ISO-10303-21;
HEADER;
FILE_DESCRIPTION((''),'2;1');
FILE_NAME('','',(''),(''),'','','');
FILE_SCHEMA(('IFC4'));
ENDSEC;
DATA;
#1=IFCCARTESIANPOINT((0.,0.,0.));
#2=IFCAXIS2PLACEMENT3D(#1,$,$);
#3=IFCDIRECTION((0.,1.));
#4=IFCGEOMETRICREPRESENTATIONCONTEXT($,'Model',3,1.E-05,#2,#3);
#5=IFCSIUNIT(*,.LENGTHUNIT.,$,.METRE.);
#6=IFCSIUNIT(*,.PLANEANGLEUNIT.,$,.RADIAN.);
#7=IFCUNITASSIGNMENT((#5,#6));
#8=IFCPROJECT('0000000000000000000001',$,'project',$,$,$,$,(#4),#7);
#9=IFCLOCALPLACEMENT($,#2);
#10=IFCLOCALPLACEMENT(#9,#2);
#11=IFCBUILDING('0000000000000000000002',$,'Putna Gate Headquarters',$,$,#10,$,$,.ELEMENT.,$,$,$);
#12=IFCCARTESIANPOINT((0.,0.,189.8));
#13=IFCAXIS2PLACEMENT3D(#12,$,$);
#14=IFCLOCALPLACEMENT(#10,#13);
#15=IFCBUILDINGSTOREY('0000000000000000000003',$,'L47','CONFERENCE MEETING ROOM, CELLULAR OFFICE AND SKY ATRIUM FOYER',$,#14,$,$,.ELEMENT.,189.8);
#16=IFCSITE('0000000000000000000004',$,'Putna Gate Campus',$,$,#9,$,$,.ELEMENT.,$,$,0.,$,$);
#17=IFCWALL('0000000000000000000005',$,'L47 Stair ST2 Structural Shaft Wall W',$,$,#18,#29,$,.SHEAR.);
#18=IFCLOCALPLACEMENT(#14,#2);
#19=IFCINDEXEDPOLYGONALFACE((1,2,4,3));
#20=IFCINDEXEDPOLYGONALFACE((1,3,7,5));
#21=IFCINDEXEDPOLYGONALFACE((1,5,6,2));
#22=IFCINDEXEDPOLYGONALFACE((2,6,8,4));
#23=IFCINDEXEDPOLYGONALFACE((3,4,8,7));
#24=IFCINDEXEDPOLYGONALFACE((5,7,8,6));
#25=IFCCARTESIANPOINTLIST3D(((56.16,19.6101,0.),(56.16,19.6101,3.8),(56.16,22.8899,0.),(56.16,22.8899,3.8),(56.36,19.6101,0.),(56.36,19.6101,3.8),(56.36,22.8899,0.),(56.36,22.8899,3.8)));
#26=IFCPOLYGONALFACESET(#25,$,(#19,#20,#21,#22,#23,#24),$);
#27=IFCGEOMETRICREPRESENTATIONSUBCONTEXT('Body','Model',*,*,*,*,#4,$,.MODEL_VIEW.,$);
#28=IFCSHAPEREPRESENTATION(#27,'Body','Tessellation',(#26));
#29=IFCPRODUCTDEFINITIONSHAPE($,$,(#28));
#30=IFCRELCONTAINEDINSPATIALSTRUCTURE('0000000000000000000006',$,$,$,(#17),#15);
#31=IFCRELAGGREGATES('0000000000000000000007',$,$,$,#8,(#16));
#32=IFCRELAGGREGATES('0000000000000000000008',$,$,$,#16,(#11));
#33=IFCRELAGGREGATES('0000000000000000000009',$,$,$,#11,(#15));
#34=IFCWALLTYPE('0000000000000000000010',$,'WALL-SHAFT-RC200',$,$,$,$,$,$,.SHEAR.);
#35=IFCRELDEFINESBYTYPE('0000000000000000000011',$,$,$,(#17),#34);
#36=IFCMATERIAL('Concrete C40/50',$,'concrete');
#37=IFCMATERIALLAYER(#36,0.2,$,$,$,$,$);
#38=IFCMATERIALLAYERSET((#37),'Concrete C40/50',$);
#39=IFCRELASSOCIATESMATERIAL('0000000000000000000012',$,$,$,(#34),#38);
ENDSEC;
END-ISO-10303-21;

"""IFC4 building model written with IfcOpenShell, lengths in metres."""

from ifc_helpers import new_model, si_unit, direction, frame, frame_2d, origin, place, context, subcontext, project, spatial, rectangle, extrude, material, layer, layer_set, type_object, element, save


model = new_model("IFC4")

# Units and contexts
model_context = context("Model", 3, precision=1e-05, world=origin(), true_north=direction((0.0, 1.0)))
body_context = subcontext(model_context, "Body", "Model", "MODEL_VIEW")
ifc_project = project(units=[si_unit("LENGTHUNIT", "METRE"), si_unit("PLANEANGLEUNIT", "RADIAN")], contexts=[model_context])

# Site, building, storey
site_placement = place(None, origin())
site = spatial("IfcSite", under=ifc_project, at=site_placement, Name="Putna Gate Campus", CompositionType="ELEMENT", RefElevation=0.0)
building_placement = place(site_placement, origin())
building = spatial("IfcBuilding", under=site, at=building_placement, Name="Putna Gate Headquarters", CompositionType="ELEMENT")
storey_placement = place(building_placement, frame((0.0, 0.0, 189.8)))
storey = spatial("IfcBuildingStorey", under=building, at=storey_placement, Name="L47", Description="CONFERENCE MEETING ROOM, CELLULAR OFFICE AND SKY ATRIUM FOYER", CompositionType="ELEMENT", Elevation=189.8)

# Shared definitions
ifc_material_1 = material(Name="Concrete C40/50", Category="concrete")

# Shared definitions
ifc_layer_1 = layer(ifc_material_1, 0.2)
ifc_layer_set_1 = layer_set([ifc_layer_1], Name="Concrete C40/50")
wall_type_1 = type_object("IfcWallType", Name="WALL-SHAFT-RC200", PredefinedType="SHEAR", material=ifc_layer_set_1)

# Wall
wall_1_placement = place(storey_placement, frame((56.26, 19.6101, 0.0), z_axis=(0.0, 0.0, 1.0), x_axis=(0.0, 1.0, 0.0)))
element("IfcWall", 1, at=wall_1_placement, inside=storey, type_object=wall_type_1, Name="L47 Stair ST2 Structural Shaft Wall W", PredefinedType="SHEAR", context=body_context, shape_type="SweptSolid", body=[
    extrude(rectangle(XDim=3.2798, YDim=0.2, at=frame_2d((1.6399, 0.0))), origin(), (0.0, 0.0, 1.0), 3.8),
])

save(model, "model.ifc")
